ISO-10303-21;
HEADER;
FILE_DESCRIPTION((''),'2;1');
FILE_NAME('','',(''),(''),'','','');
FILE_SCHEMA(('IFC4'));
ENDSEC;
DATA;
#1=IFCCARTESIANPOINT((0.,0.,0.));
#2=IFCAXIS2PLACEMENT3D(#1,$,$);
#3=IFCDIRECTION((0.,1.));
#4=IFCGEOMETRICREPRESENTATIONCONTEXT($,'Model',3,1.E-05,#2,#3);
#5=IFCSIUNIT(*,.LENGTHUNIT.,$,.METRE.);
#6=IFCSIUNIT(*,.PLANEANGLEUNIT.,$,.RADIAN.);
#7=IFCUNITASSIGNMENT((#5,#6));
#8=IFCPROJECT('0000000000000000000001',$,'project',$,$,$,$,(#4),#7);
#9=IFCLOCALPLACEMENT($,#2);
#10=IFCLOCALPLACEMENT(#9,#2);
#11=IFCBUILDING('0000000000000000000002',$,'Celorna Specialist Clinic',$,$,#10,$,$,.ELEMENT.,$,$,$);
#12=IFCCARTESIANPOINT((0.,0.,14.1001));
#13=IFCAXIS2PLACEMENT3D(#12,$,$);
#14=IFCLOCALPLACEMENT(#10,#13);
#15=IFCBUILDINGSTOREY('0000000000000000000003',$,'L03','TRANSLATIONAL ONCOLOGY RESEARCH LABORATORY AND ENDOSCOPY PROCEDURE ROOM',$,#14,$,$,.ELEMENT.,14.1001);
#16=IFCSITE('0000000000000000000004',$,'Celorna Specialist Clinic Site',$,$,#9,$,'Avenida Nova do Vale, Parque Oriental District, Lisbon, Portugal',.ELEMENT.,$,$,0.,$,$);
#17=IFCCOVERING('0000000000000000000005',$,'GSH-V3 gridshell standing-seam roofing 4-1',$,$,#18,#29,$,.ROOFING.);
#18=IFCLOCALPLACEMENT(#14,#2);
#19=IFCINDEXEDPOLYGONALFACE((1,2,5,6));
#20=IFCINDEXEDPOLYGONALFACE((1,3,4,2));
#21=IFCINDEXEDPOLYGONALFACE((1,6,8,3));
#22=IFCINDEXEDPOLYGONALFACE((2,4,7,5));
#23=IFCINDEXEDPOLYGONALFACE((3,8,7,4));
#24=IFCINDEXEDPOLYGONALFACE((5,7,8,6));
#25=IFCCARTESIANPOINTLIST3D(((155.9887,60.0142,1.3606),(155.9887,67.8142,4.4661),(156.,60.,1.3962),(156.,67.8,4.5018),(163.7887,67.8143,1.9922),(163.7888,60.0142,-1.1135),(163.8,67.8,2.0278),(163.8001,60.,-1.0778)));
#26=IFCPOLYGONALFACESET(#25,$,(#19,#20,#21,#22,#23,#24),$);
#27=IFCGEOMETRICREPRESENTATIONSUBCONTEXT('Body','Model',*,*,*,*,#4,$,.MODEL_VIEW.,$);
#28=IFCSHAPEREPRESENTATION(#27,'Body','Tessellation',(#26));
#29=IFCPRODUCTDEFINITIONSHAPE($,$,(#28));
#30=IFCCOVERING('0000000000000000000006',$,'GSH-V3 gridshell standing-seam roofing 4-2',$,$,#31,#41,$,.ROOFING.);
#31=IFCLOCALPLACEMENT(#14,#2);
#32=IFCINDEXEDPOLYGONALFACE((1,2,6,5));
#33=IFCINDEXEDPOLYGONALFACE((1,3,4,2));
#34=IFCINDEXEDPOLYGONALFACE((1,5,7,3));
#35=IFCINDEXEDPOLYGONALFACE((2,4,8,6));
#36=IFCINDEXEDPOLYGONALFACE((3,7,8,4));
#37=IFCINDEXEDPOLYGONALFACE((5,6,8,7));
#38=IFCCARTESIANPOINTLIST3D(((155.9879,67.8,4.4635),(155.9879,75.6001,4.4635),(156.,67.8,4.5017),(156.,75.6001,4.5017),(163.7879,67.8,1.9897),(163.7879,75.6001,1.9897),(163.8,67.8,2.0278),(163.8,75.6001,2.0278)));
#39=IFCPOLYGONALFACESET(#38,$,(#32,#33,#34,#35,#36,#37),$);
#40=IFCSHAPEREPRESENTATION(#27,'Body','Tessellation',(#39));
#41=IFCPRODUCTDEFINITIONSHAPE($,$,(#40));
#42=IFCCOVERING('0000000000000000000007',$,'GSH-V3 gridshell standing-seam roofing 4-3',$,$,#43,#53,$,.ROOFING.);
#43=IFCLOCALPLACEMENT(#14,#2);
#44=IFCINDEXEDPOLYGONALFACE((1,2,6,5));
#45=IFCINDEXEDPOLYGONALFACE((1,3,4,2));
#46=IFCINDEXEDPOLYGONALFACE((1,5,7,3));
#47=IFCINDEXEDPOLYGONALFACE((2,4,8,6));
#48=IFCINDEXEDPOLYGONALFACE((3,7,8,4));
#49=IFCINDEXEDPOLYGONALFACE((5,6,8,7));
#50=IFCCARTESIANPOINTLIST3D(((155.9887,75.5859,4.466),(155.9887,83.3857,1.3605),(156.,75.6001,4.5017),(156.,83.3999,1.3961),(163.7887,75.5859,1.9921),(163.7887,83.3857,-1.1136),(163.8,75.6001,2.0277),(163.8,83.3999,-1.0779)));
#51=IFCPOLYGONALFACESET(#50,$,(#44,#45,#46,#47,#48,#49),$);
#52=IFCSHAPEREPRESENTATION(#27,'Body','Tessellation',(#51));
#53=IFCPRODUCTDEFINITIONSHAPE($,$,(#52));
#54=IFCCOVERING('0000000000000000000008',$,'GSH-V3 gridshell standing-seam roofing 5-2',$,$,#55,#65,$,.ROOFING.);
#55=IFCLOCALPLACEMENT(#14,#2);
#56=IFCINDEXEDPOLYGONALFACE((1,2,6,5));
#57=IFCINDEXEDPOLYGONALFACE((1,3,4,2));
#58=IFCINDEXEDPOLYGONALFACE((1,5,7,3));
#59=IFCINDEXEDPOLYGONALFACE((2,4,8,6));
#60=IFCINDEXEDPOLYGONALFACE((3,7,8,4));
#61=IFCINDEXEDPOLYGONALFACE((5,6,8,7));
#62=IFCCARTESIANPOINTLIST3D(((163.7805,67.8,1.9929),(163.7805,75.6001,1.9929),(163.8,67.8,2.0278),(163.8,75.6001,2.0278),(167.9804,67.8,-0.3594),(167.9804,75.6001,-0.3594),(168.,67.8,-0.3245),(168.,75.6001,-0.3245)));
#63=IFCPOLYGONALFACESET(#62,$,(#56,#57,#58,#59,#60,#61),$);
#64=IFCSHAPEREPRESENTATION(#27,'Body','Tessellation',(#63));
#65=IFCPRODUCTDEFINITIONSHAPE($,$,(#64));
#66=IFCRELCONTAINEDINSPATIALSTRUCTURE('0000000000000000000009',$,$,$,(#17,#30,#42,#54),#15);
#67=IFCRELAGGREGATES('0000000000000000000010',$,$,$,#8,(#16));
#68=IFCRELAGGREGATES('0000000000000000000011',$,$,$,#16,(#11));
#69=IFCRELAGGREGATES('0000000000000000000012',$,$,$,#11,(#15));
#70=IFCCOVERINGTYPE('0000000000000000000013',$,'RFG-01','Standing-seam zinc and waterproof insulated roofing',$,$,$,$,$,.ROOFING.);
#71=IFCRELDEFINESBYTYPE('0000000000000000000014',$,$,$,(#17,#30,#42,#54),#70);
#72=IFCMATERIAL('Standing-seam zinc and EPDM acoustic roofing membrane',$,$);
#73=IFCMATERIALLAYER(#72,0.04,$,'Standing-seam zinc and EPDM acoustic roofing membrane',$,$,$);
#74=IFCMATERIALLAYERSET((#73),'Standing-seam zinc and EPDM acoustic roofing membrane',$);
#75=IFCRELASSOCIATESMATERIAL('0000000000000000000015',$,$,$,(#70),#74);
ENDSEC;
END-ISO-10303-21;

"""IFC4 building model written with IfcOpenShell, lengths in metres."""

from ifc_helpers import new_model, si_unit, direction, frame, origin, place, context, subcontext, project, spatial, polyline, outline, extrude, material, layer, layer_set, type_object, element, save


model = new_model("IFC4")

# Units and contexts
model_context = context("Model", 3, precision=1e-05, world=origin(), true_north=direction((0.0, 1.0)))
body_context = subcontext(model_context, "Body", "Model", "MODEL_VIEW")
ifc_project = project(units=[si_unit("LENGTHUNIT", "METRE"), si_unit("PLANEANGLEUNIT", "RADIAN")], contexts=[model_context])

# Site, building, storey
site_placement = place(None, origin())
site = spatial("IfcSite", under=ifc_project, at=site_placement, Name="Celorna Specialist Clinic Site", LongName="Avenida Nova do Vale, Parque Oriental District, Lisbon, Portugal", CompositionType="ELEMENT", RefElevation=0.0)
building_placement = place(site_placement, origin())
building = spatial("IfcBuilding", under=site, at=building_placement, Name="Celorna Specialist Clinic", CompositionType="ELEMENT")
storey_placement = place(building_placement, frame((0.0, 0.0, 14.1001)))
storey = spatial("IfcBuildingStorey", under=building, at=storey_placement, Name="L03", Description="TRANSLATIONAL ONCOLOGY RESEARCH LABORATORY AND ENDOSCOPY PROCEDURE ROOM", CompositionType="ELEMENT", Elevation=14.1001)

# Coverings
ifc_material_1 = material(Name="Standing-seam zinc and EPDM acoustic roofing membrane")
ifc_layer_1 = layer(ifc_material_1, 0.04, Name="Standing-seam zinc and EPDM acoustic roofing membrane")
ifc_layer_set_1 = layer_set([ifc_layer_1], Name="Standing-seam zinc and EPDM acoustic roofing membrane")
covering_type = type_object("IfcCoveringType", Name="RFG-01", Description="Standing-seam zinc and waterproof insulated roofing", PredefinedType="ROOFING", material=ifc_layer_set_1)
covering_1_placement = place(storey_placement, frame((156.0, 60.0, 1.3962), z_axis=(0.282662, -0.354824, 0.89118), x_axis=(0.953201, -0.000005, -0.302336)))
element("IfcCovering", 1, at=covering_1_placement, inside=storey, type_object=covering_type, Name="GSH-V3 gridshell standing-seam roofing 4-1", PredefinedType="ROOFING", context=body_context, shape_type="SweptSolid", body=[
    extrude(outline(polyline([(0.0, 0.0), (8.183, 0.0), (7.244, 8.3429), (-0.9389, 8.3428), (0.0, 0.0)])), origin(), (0.0, 0.0, -1.0), 0.04),
])
covering_2_placement = place(storey_placement, frame((156.0, 67.8, 4.5017), z_axis=(0.302321, 0.0, 0.953206), x_axis=(0.953206, 0.0, -0.302321)))
element("IfcCovering", 2, at=covering_2_placement, inside=storey, type_object=covering_type, Name="GSH-V3 gridshell standing-seam roofing 4-2", PredefinedType="ROOFING", context=body_context, shape_type="SweptSolid", body=[
    extrude(outline(polyline([(0.0, 0.0), (8.183, 0.0), (8.183, 7.8), (0.0, 7.8), (0.0, 0.0)])), origin(), (0.0, 0.0, -1.0), 0.04),
])
covering_3_placement = place(storey_placement, frame((156.0, 75.6001, 4.5017), z_axis=(0.282661, 0.354833, 0.891177), x_axis=(0.953203, -0.000005, -0.302332)))
element("IfcCovering", 3, at=covering_3_placement, inside=storey, type_object=covering_type, Name="GSH-V3 gridshell standing-seam roofing 4-3", PredefinedType="ROOFING", context=body_context, shape_type="SweptSolid", body=[
    extrude(outline(polyline([(0.0, 0.0), (8.183, 0.0), (9.1219, 8.3427), (0.9388, 8.3426), (0.0, 0.0)])), origin(), (0.0, 0.0, -1.0), 0.04),
])
covering_4_placement = place(storey_placement, frame((163.8, 67.8, 2.0278), z_axis=(0.488654, 0.0, 0.872477), x_axis=(0.872477, 0.0, -0.488654)))
element("IfcCovering", 4, at=covering_4_placement, inside=storey, type_object=covering_type, Name="GSH-V3 gridshell standing-seam roofing 5-2", PredefinedType="ROOFING", context=body_context, shape_type="SweptSolid", body=[
    extrude(outline(polyline([(0.0, 0.0), (4.8138, 0.0), (4.8138, 7.8), (0.0, 7.8), (0.0, 0.0)])), origin(), (0.0, 0.0, -1.0), 0.04),
])

save(model, "model.ifc")
